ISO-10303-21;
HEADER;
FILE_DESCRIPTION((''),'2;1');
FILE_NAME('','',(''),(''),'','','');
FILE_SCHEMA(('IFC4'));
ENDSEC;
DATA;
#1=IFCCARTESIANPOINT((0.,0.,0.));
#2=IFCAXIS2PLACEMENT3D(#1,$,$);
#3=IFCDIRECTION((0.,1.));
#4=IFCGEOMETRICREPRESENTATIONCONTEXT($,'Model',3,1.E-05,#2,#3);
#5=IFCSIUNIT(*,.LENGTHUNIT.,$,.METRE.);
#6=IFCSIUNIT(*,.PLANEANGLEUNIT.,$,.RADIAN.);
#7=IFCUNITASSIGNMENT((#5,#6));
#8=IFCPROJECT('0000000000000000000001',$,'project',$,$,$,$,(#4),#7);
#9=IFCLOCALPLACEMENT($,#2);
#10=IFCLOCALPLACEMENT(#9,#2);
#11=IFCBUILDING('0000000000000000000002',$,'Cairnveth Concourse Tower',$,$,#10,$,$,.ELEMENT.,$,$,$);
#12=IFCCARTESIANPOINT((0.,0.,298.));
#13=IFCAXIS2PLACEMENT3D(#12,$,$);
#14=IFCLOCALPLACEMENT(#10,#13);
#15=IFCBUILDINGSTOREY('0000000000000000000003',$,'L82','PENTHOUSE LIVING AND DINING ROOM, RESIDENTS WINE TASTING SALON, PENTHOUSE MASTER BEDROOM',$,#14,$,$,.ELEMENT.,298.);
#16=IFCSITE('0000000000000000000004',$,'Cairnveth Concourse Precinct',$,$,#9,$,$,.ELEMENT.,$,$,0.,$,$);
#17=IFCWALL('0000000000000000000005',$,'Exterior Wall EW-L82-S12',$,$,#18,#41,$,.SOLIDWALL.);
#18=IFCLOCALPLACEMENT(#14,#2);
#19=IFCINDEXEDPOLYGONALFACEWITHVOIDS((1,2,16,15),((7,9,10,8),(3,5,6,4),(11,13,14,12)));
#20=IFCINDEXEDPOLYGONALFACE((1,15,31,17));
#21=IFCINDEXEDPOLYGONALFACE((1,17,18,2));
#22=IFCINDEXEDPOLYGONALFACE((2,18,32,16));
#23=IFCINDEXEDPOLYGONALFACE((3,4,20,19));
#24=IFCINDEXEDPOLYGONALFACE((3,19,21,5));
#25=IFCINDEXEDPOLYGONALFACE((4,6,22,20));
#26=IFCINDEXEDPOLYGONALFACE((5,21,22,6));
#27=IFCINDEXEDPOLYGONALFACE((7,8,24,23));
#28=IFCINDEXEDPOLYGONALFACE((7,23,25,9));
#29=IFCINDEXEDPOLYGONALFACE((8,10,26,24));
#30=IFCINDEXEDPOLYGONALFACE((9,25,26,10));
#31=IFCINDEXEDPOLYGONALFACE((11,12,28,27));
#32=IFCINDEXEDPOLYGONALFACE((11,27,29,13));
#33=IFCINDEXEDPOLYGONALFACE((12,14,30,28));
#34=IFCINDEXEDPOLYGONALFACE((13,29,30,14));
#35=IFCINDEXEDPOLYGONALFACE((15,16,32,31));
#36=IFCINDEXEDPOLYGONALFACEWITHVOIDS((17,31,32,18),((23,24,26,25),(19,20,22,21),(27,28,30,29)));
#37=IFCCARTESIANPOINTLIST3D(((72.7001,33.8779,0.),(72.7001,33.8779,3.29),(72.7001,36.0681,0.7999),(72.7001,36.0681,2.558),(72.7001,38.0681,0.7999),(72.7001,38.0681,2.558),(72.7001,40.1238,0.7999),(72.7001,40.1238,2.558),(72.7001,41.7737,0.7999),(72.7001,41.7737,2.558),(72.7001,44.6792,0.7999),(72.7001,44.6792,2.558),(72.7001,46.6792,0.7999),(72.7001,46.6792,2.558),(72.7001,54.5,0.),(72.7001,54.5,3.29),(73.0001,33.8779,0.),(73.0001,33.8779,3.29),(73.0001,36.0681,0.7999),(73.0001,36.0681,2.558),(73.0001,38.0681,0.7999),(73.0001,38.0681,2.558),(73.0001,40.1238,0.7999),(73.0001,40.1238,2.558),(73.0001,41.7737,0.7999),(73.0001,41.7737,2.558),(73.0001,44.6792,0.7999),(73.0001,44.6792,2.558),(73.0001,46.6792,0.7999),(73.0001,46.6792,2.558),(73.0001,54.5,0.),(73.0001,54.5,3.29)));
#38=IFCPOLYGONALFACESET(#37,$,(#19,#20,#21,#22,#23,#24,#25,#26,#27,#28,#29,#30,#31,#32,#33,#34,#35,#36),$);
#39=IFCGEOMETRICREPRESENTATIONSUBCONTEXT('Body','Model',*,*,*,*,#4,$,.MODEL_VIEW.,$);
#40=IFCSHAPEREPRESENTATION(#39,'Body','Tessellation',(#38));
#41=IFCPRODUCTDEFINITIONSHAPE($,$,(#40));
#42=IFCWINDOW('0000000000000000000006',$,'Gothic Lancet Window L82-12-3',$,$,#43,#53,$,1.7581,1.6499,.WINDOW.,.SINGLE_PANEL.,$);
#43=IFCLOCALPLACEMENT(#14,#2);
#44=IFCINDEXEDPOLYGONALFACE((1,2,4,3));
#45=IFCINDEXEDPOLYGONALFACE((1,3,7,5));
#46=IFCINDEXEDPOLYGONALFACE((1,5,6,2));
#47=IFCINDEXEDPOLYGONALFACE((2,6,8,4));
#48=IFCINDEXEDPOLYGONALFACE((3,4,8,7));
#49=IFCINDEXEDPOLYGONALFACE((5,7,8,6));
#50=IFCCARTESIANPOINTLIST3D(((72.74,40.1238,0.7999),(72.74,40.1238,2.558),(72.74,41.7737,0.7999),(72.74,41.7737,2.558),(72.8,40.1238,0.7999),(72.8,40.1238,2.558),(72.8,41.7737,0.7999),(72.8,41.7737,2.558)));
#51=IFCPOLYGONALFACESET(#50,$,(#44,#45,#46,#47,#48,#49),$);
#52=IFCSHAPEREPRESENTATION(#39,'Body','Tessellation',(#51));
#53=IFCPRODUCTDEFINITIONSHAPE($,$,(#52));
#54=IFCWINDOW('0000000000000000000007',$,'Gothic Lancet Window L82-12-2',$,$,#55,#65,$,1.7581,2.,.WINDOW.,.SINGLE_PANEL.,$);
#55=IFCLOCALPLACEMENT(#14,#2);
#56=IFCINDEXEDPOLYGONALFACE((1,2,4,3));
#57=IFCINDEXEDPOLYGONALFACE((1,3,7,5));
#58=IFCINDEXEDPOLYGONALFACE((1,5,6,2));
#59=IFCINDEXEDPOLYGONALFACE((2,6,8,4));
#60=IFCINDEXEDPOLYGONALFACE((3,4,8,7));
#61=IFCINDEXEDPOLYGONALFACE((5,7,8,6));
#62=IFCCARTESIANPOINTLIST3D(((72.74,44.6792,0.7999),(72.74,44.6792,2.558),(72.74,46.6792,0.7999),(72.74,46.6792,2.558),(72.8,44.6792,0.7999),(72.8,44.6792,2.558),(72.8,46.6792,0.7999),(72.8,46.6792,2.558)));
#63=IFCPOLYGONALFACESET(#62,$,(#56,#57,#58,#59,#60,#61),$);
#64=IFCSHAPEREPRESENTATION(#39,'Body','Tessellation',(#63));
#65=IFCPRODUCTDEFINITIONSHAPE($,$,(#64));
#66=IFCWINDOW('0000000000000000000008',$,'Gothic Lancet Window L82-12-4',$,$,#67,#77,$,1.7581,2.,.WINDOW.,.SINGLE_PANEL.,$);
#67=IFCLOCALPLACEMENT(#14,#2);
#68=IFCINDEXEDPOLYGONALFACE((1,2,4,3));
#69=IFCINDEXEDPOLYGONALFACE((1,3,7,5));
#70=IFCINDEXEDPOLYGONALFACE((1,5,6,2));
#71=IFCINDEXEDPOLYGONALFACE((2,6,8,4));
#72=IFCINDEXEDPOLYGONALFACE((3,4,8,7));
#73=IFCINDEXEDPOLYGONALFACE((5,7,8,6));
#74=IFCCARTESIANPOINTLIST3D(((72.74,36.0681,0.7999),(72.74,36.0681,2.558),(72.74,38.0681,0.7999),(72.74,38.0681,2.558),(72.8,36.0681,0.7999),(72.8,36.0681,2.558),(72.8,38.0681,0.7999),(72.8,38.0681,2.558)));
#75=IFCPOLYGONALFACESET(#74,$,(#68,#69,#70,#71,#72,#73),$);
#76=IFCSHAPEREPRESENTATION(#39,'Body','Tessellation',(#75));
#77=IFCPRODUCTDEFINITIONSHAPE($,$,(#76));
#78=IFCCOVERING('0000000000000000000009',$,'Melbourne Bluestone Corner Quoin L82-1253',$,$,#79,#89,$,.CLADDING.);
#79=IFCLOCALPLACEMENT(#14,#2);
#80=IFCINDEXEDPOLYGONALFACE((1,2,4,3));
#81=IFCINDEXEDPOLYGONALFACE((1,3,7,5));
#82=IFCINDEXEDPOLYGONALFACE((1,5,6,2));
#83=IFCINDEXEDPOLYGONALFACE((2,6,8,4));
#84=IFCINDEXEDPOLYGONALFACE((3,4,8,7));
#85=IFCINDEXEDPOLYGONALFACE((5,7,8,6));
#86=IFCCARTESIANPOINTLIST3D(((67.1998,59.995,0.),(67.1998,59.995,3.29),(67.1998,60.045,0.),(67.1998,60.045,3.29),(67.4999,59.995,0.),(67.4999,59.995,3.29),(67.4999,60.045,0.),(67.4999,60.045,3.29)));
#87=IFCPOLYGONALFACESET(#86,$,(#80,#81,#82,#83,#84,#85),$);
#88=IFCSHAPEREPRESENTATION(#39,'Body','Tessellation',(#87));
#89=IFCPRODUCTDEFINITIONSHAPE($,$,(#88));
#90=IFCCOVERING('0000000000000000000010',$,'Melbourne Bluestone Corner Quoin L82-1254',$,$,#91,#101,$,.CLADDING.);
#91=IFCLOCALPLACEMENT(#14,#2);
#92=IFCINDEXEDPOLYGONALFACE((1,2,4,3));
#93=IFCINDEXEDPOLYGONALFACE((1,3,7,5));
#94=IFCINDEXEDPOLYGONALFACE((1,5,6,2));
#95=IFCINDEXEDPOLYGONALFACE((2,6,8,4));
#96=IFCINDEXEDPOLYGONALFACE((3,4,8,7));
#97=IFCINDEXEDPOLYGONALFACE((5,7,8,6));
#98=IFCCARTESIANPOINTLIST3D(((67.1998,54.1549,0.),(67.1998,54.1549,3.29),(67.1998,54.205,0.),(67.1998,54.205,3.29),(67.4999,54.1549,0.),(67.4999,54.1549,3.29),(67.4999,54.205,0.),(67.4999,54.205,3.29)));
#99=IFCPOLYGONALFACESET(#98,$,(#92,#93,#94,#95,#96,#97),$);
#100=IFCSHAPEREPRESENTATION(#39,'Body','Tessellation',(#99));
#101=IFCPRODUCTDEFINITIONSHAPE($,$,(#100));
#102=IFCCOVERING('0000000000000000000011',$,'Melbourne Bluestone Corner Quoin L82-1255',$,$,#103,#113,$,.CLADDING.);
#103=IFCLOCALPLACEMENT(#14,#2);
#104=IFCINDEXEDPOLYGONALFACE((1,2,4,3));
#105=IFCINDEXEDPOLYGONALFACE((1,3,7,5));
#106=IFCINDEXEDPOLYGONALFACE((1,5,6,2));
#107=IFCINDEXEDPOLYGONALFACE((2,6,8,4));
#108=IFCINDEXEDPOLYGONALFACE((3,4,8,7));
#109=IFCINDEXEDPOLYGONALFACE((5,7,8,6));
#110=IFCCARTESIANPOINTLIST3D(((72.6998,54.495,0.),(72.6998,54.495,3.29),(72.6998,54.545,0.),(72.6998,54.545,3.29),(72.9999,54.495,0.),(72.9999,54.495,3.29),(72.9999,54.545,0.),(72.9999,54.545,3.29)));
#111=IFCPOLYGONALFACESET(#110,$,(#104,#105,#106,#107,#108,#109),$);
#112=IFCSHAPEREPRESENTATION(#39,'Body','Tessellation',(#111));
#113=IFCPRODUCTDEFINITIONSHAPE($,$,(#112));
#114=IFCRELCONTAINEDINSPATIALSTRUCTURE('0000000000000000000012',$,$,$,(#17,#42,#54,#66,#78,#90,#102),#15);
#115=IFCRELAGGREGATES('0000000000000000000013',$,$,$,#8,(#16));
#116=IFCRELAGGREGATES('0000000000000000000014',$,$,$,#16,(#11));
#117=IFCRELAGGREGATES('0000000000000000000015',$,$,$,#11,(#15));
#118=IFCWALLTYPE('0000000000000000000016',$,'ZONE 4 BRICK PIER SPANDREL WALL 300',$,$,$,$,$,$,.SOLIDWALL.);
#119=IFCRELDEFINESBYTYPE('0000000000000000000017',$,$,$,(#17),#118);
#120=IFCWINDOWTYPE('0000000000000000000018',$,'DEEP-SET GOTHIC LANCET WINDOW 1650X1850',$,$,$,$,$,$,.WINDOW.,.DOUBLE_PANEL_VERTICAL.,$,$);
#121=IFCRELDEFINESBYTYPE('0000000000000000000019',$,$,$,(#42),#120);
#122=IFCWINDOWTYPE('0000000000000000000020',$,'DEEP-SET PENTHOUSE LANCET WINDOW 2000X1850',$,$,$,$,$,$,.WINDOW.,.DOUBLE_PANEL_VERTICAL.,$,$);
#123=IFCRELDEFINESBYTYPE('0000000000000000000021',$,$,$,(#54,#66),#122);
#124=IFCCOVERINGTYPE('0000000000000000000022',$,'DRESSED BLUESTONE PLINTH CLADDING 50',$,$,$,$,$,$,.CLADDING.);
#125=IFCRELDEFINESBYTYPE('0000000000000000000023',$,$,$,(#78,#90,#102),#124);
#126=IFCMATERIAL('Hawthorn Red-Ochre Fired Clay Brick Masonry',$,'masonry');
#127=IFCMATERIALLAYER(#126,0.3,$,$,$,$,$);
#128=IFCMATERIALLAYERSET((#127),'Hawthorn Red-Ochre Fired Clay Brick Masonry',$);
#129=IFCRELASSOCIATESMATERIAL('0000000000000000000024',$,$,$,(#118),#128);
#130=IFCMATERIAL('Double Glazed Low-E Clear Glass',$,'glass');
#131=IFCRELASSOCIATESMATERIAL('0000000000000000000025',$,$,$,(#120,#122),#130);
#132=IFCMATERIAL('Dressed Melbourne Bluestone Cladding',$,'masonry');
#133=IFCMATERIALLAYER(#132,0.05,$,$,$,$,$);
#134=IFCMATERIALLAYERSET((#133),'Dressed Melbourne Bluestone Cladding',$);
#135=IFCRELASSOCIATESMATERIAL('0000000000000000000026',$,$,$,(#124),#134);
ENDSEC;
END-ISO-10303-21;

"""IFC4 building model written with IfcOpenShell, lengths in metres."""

from ifc_helpers import new_model, si_unit, direction, frame, frame_2d, origin, place, context, subcontext, project, spatial, rectangle, extrude, material, layer, layer_set, type_object, element, fill, save


model = new_model("IFC4")

# Units and contexts
model_context = context("Model", 3, precision=1e-05, world=origin(), true_north=direction((0.0, 1.0)))
body_context = subcontext(model_context, "Body", "Model", "MODEL_VIEW")
ifc_project = project(units=[si_unit("LENGTHUNIT", "METRE"), si_unit("PLANEANGLEUNIT", "RADIAN")], contexts=[model_context])

# Site, building, storey
site_placement = place(None, origin())
site = spatial("IfcSite", under=ifc_project, at=site_placement, Name="Cairnveth Concourse Precinct", CompositionType="ELEMENT", RefElevation=0.0)
building_placement = place(site_placement, origin())
building = spatial("IfcBuilding", under=site, at=building_placement, Name="Cairnveth Concourse Tower", CompositionType="ELEMENT")
storey_placement = place(building_placement, frame((0.0, 0.0, 298.0)))
storey = spatial("IfcBuildingStorey", under=building, at=storey_placement, Name="L82", Description="PENTHOUSE LIVING AND DINING ROOM, RESIDENTS WINE TASTING SALON, PENTHOUSE MASTER BEDROOM", CompositionType="ELEMENT", Elevation=298.0)

# Shared definitions
ifc_material_1 = material(Name="Hawthorn Red-Ochre Fired Clay Brick Masonry", Category="masonry")
ifc_layer_1 = layer(ifc_material_1, 0.3)
ifc_layer_set_1 = layer_set([ifc_layer_1], Name="Hawthorn Red-Ochre Fired Clay Brick Masonry")
wall_type = type_object("IfcWallType", Name="ZONE 4 BRICK PIER SPANDREL WALL 300", PredefinedType="SOLIDWALL", material=ifc_layer_set_1)
ifc_material_2 = material(Name="Double Glazed Low-E Clear Glass", Category="glass")

# Wall, openings, windows
wall_1_placement = place(storey_placement, frame((72.8501, 54.5, 0.0), z_axis=(0.0, 0.0, 1.0), x_axis=(0.0, -1.0, 0.0)))
wall_1 = element("IfcWall", 1, at=wall_1_placement, inside=storey, type_object=wall_type, Name="Exterior Wall EW-L82-S12", PredefinedType="SOLIDWALL", context=body_context, shape_type="SweptSolid", body=[
    extrude(rectangle(XDim=20.6221, YDim=0.3, at=frame_2d((10.311, 0.0))), origin(), (0.0, 0.0, 1.0), 3.29),
])
opening_1_placement = place(wall_1_placement, frame((7.8208, 0.0, 0.8)))
opening_1 = element("IfcOpeningElement", 2, at=opening_1_placement, cuts=wall_1, PredefinedType="OPENING", context=body_context, shape_type="SweptSolid", body=[
    extrude(rectangle(XDim=2.0, YDim=1.7581, at=frame_2d((1.0, 0.8789))), frame((0.0, 0.1599, 0.0), z_axis=(0.0, -1.0, 0.0), x_axis=(1.0, 0.0, 0.0)), (0.0, 0.0, 1.0), 0.3201),
])
opening_2_placement = place(wall_1_placement, frame((12.7263, 0.0, 0.8)))
opening_2 = element("IfcOpeningElement", 3, at=opening_2_placement, cuts=wall_1, PredefinedType="OPENING", context=body_context, shape_type="SweptSolid", body=[
    extrude(rectangle(XDim=1.6499, YDim=1.7581, at=frame_2d((0.825, 0.8789))), frame((0.0, 0.1599, 0.0), z_axis=(0.0, -1.0, 0.0), x_axis=(1.0, 0.0, 0.0)), (0.0, 0.0, 1.0), 0.3201),
])
opening_3_placement = place(wall_1_placement, frame((16.4319, 0.0, 0.8)))
opening_3 = element("IfcOpeningElement", 4, at=opening_3_placement, cuts=wall_1, PredefinedType="OPENING", context=body_context, shape_type="SweptSolid", body=[
    extrude(rectangle(XDim=2.0, YDim=1.7581, at=frame_2d((1.0, 0.8789))), frame((0.0, 0.1599, 0.0), z_axis=(0.0, -1.0, 0.0), x_axis=(1.0, 0.0, 0.0)), (0.0, 0.0, 1.0), 0.3201),
])
window_type_1 = type_object("IfcWindowType", Name="DEEP-SET GOTHIC LANCET WINDOW 1650X1850", PartitioningType="DOUBLE_PANEL_VERTICAL", PredefinedType="WINDOW", material=ifc_material_2)
window_1_placement = place(opening_2_placement, origin())
window_1 = element("IfcWindow", 5, at=window_1_placement, inside=storey, type_object=window_type_1, Name="Gothic Lancet Window L82-12-3", OverallHeight=1.7581, OverallWidth=1.6499, PartitioningType="SINGLE_PANEL", PredefinedType="WINDOW", context=body_context, shape_type="SweptSolid", body=[
    extrude(rectangle(XDim=1.6499, YDim=1.7581, at=frame_2d((0.825, 0.8789))), frame((0.0, -0.05, 0.0), z_axis=(0.0, -1.0, 0.0), x_axis=(1.0, 0.0, 0.0)), (0.0, 0.0, 1.0), 0.0601),
])
fill(opening_2, window_1)
window_type_2 = type_object("IfcWindowType", Name="DEEP-SET PENTHOUSE LANCET WINDOW 2000X1850", PartitioningType="DOUBLE_PANEL_VERTICAL", PredefinedType="WINDOW", material=ifc_material_2)
window_2_placement = place(opening_1_placement, origin())
window_2 = element("IfcWindow", 6, at=window_2_placement, inside=storey, type_object=window_type_2, Name="Gothic Lancet Window L82-12-2", OverallHeight=1.7581, OverallWidth=2.0, PartitioningType="SINGLE_PANEL", PredefinedType="WINDOW", context=body_context, shape_type="SweptSolid", body=[
    extrude(rectangle(XDim=2.0, YDim=1.7581, at=frame_2d((1.0, 0.8789))), frame((0.0, -0.05, 0.0), z_axis=(0.0, -1.0, 0.0), x_axis=(1.0, 0.0, 0.0)), (0.0, 0.0, 1.0), 0.0601),
])
fill(opening_1, window_2)
window_3_placement = place(opening_3_placement, origin())
window_3 = element("IfcWindow", 7, at=window_3_placement, inside=storey, type_object=window_type_2, Name="Gothic Lancet Window L82-12-4", OverallHeight=1.7581, OverallWidth=2.0, PartitioningType="SINGLE_PANEL", PredefinedType="WINDOW", context=body_context, shape_type="SweptSolid", body=[
    extrude(rectangle(XDim=2.0, YDim=1.7581, at=frame_2d((1.0, 0.8789))), frame((0.0, -0.05, 0.0), z_axis=(0.0, -1.0, 0.0), x_axis=(1.0, 0.0, 0.0)), (0.0, 0.0, 1.0), 0.0601),
])
fill(opening_3, window_3)

# Coverings
ifc_material_3 = material(Name="Dressed Melbourne Bluestone Cladding", Category="masonry")
ifc_layer_2 = layer(ifc_material_3, 0.05)
ifc_layer_set_2 = layer_set([ifc_layer_2], Name="Dressed Melbourne Bluestone Cladding")
covering_type = type_object("IfcCoveringType", Name="DRESSED BLUESTONE PLINTH CLADDING 50", PredefinedType="CLADDING", material=ifc_layer_set_2)
for number, where, z_axis, x_axis, name in (
    (8, (67.2, 60.02, 0.0), (0.0, 0.0, 1.0), (1.0, 0.0, 0.0), "Melbourne Bluestone Corner Quoin L82-1253"),
    (9, (67.2, 54.1799, 0.0), (0.0, 0.0, 1.0), (1.0, 0.0, 0.0), "Melbourne Bluestone Corner Quoin L82-1254"),
    (10, (72.7, 54.52, 0.0), (0.0, 0.0, 1.0), (1.0, 0.0, 0.0), "Melbourne Bluestone Corner Quoin L82-1255"),
):
    element("IfcCovering", number, at=place(storey_placement, frame(where, z_axis=z_axis, x_axis=x_axis)), inside=storey, type_object=covering_type, Name=name, PredefinedType="CLADDING", context=body_context, shape_type="SweptSolid", body=[
        extrude(rectangle(XDim=0.3, YDim=0.05, at=frame_2d((0.1499, 0.0))), origin(), (0.0, 0.0, 1.0), 3.29),
    ])

save(model, "model.ifc")
